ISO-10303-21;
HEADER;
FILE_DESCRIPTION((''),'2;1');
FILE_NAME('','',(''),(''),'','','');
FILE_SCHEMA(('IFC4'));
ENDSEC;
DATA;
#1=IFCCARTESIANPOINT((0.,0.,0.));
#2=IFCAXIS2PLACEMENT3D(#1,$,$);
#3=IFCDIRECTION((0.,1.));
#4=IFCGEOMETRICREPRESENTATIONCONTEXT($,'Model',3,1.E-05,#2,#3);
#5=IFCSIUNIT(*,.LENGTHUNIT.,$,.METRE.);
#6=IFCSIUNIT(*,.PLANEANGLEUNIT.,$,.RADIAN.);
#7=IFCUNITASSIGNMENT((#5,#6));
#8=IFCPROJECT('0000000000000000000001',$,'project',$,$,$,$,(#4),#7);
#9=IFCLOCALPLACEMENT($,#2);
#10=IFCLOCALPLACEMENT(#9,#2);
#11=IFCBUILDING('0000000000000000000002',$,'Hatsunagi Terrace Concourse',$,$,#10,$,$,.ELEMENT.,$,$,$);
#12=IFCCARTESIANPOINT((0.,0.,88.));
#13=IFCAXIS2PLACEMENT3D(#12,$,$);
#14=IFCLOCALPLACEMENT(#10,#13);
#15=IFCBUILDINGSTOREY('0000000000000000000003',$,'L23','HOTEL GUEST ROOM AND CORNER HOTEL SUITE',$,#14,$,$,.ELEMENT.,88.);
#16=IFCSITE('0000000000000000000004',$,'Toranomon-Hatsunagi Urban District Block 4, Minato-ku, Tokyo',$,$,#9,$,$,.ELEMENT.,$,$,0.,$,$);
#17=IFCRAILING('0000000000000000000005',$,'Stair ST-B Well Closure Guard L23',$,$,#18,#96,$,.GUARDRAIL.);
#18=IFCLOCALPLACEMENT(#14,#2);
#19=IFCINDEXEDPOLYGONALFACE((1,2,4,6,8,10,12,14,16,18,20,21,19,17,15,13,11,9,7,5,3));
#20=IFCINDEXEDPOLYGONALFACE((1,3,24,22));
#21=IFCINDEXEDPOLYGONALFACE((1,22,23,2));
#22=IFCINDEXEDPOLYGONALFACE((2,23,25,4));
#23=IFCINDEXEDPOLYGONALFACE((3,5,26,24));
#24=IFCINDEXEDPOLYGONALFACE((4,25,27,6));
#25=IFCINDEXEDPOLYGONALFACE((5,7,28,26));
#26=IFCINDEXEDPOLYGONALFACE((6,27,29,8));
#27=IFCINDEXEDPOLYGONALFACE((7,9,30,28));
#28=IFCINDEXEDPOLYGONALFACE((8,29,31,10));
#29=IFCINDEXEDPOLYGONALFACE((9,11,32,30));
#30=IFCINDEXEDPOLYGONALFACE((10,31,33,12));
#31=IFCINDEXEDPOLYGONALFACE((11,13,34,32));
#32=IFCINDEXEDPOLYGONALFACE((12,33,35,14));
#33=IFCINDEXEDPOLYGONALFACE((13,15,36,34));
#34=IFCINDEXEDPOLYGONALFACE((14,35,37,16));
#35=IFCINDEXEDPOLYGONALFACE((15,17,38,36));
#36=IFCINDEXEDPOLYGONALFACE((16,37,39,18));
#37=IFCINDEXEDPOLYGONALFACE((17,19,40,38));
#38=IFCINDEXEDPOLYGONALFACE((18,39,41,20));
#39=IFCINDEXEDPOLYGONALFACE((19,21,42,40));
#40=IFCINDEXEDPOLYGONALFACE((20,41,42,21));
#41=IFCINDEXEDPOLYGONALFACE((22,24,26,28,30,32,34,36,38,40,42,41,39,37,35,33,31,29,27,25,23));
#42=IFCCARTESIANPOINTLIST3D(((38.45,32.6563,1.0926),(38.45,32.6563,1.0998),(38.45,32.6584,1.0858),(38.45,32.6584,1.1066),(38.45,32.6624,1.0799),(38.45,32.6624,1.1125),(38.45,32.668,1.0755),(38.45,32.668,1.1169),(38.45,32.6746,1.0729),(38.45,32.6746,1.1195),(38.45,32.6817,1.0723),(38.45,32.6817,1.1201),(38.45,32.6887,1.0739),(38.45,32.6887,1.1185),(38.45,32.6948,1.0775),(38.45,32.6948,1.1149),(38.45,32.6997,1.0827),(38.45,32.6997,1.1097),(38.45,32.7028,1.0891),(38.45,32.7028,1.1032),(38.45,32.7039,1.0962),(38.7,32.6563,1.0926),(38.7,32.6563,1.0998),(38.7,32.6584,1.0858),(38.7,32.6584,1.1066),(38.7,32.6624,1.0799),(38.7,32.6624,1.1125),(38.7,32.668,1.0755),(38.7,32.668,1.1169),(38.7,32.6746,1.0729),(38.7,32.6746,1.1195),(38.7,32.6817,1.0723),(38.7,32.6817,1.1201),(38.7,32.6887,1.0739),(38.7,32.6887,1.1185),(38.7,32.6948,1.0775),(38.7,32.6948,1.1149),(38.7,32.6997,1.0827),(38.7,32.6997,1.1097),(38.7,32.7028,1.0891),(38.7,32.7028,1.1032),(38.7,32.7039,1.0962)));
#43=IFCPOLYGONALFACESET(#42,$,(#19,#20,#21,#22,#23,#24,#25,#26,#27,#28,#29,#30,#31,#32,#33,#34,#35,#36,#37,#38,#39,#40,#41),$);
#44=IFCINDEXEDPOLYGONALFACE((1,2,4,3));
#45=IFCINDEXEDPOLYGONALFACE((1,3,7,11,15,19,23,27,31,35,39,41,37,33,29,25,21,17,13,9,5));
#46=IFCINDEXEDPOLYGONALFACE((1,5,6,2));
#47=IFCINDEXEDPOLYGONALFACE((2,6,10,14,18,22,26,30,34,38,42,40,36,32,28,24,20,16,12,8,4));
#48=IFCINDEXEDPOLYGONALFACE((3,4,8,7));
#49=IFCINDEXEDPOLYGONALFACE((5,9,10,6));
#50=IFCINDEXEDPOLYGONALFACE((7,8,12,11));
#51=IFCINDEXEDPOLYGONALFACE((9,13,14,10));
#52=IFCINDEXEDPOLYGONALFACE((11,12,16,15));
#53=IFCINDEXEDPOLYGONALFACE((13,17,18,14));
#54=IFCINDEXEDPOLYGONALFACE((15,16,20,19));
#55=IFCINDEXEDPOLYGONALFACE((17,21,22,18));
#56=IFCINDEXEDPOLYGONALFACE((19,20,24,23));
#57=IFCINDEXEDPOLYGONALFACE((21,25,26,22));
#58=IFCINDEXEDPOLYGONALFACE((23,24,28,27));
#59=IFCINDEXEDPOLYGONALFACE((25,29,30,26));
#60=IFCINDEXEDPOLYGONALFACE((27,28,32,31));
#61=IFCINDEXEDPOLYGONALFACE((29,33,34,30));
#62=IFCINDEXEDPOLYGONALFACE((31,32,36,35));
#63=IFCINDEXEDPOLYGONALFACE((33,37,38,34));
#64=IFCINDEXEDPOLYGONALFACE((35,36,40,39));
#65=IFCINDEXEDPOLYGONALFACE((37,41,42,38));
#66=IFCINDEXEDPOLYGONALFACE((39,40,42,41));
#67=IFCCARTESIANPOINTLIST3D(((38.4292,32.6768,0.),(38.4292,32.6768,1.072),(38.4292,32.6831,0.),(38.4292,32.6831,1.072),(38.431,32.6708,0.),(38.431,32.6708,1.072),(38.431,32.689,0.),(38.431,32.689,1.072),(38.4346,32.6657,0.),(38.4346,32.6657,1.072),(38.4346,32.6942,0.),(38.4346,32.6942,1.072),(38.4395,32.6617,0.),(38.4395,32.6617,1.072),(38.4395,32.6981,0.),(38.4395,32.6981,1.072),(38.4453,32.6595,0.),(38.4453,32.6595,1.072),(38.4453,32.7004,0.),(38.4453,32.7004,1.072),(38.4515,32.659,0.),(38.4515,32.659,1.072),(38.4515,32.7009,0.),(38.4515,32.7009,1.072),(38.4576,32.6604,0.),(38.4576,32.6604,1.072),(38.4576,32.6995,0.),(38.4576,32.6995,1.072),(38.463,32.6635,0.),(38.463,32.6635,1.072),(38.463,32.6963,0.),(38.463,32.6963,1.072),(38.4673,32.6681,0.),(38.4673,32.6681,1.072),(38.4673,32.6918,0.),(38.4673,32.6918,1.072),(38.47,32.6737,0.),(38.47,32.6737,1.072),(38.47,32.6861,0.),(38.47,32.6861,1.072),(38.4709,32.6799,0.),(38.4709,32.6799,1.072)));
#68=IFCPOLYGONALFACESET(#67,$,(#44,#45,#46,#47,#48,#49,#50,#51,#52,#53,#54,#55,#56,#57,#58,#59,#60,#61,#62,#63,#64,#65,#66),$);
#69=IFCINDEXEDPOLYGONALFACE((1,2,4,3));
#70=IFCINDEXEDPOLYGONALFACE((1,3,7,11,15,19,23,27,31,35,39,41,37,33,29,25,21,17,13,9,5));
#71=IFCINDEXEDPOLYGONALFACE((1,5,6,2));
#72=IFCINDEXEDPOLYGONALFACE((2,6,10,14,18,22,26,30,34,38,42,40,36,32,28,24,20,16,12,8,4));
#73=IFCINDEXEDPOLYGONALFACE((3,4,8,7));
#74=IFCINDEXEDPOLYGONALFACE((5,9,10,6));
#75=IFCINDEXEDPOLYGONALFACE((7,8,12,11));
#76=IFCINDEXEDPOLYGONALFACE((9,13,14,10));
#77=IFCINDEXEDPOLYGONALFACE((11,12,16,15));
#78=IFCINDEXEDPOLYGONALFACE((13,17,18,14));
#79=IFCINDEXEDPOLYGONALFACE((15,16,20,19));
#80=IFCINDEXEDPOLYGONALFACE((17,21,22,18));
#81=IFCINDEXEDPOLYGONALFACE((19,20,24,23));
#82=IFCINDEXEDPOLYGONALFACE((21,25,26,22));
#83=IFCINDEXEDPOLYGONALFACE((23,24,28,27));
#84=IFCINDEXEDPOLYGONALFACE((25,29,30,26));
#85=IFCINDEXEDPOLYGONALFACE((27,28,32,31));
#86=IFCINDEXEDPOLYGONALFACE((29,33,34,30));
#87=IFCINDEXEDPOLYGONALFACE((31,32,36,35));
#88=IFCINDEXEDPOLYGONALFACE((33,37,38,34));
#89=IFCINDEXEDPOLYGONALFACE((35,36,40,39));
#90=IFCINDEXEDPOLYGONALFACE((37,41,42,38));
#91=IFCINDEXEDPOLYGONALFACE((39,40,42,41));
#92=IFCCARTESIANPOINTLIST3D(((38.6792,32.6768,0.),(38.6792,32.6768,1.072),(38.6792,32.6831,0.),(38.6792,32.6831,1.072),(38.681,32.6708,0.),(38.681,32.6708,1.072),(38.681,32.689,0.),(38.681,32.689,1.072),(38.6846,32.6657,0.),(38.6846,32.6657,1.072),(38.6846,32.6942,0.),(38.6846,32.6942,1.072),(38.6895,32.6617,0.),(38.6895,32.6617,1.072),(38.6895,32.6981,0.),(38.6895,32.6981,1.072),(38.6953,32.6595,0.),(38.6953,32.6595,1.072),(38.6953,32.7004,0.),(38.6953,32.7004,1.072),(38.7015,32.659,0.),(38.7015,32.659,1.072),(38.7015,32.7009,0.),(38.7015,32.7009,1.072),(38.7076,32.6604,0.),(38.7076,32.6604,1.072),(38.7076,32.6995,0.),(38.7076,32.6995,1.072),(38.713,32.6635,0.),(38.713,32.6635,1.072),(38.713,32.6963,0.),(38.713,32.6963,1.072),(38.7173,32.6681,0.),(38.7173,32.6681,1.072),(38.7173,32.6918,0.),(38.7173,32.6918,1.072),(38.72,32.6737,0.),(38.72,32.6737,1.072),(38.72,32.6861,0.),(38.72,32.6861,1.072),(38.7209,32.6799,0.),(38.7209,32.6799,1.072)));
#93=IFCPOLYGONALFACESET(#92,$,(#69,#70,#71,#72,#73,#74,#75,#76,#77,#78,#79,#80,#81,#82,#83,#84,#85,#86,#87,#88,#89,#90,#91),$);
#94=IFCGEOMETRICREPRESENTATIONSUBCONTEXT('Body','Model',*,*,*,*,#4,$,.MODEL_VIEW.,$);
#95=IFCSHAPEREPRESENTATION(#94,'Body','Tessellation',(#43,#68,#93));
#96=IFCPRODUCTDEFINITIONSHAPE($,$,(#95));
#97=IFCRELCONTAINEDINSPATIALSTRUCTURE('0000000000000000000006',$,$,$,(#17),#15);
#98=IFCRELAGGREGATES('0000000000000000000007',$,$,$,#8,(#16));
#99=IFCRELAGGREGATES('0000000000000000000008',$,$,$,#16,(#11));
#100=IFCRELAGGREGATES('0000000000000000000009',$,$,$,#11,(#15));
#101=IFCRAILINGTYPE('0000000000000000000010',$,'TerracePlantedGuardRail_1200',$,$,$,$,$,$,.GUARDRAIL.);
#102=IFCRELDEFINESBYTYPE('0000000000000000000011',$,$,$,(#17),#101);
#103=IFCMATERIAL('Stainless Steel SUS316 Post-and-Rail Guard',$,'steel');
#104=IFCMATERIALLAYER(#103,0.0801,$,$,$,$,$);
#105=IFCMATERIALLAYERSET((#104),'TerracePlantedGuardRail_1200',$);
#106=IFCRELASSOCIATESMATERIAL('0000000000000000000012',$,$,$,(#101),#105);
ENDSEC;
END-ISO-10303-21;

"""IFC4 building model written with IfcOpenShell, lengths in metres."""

from ifc_helpers import new_model, si_unit, direction, frame, origin, origin_2d, place, context, subcontext, project, spatial, circle, extrude, material, layer, layer_set, type_object, element, save


model = new_model("IFC4")

# Units and contexts
model_context = context("Model", 3, precision=1e-05, world=origin(), true_north=direction((0.0, 1.0)))
body_context = subcontext(model_context, "Body", "Model", "MODEL_VIEW")
ifc_project = project(units=[si_unit("LENGTHUNIT", "METRE"), si_unit("PLANEANGLEUNIT", "RADIAN")], contexts=[model_context])

# Site, building, storey
site_placement = place(None, origin())
site = spatial("IfcSite", under=ifc_project, at=site_placement, Name="Toranomon-Hatsunagi Urban District Block 4, Minato-ku, Tokyo", CompositionType="ELEMENT", RefElevation=0.0)
building_placement = place(site_placement, origin())
building = spatial("IfcBuilding", under=site, at=building_placement, Name="Hatsunagi Terrace Concourse", CompositionType="ELEMENT")
storey_placement = place(building_placement, frame((0.0, 0.0, 88.0)))
storey = spatial("IfcBuildingStorey", under=building, at=storey_placement, Name="L23", Description="HOTEL GUEST ROOM AND CORNER HOTEL SUITE", CompositionType="ELEMENT", Elevation=88.0)

# Railing
ifc_material_1 = material(Name="Stainless Steel SUS316 Post-and-Rail Guard", Category="steel")
ifc_layer_1 = layer(ifc_material_1, 0.0801)
ifc_layer_set_1 = layer_set([ifc_layer_1], Name="TerracePlantedGuardRail_1200")
railing_type_1 = type_object("IfcRailingType", Name="TerracePlantedGuardRail_1200", PredefinedType="GUARDRAIL", material=ifc_layer_set_1)
railing_1_placement = place(storey_placement, frame((38.45, 32.6799, 0.0)))
element("IfcRailing", 1, at=railing_1_placement, inside=storey, type_object=railing_type_1, Name="Stair ST-B Well Closure Guard L23", PredefinedType="GUARDRAIL", context=body_context, shape_type="SweptSolid", body=[
    extrude(circle(Radius=0.0239, at=origin_2d()), frame((0.0, 0.0, 1.0962), z_axis=(1.0, 0.0, 0.0), x_axis=(0.0, 1.0, 0.0)), (0.0, 0.0, 1.0), 0.25),
    extrude(circle(Radius=0.021, at=origin_2d()), origin(), (0.0, 0.0, 1.0), 1.072),
    extrude(circle(Radius=0.021, at=origin_2d()), frame((0.25, 0.0, 0.0)), (0.0, 0.0, 1.0), 1.072),
])

save(model, "model.ifc")
